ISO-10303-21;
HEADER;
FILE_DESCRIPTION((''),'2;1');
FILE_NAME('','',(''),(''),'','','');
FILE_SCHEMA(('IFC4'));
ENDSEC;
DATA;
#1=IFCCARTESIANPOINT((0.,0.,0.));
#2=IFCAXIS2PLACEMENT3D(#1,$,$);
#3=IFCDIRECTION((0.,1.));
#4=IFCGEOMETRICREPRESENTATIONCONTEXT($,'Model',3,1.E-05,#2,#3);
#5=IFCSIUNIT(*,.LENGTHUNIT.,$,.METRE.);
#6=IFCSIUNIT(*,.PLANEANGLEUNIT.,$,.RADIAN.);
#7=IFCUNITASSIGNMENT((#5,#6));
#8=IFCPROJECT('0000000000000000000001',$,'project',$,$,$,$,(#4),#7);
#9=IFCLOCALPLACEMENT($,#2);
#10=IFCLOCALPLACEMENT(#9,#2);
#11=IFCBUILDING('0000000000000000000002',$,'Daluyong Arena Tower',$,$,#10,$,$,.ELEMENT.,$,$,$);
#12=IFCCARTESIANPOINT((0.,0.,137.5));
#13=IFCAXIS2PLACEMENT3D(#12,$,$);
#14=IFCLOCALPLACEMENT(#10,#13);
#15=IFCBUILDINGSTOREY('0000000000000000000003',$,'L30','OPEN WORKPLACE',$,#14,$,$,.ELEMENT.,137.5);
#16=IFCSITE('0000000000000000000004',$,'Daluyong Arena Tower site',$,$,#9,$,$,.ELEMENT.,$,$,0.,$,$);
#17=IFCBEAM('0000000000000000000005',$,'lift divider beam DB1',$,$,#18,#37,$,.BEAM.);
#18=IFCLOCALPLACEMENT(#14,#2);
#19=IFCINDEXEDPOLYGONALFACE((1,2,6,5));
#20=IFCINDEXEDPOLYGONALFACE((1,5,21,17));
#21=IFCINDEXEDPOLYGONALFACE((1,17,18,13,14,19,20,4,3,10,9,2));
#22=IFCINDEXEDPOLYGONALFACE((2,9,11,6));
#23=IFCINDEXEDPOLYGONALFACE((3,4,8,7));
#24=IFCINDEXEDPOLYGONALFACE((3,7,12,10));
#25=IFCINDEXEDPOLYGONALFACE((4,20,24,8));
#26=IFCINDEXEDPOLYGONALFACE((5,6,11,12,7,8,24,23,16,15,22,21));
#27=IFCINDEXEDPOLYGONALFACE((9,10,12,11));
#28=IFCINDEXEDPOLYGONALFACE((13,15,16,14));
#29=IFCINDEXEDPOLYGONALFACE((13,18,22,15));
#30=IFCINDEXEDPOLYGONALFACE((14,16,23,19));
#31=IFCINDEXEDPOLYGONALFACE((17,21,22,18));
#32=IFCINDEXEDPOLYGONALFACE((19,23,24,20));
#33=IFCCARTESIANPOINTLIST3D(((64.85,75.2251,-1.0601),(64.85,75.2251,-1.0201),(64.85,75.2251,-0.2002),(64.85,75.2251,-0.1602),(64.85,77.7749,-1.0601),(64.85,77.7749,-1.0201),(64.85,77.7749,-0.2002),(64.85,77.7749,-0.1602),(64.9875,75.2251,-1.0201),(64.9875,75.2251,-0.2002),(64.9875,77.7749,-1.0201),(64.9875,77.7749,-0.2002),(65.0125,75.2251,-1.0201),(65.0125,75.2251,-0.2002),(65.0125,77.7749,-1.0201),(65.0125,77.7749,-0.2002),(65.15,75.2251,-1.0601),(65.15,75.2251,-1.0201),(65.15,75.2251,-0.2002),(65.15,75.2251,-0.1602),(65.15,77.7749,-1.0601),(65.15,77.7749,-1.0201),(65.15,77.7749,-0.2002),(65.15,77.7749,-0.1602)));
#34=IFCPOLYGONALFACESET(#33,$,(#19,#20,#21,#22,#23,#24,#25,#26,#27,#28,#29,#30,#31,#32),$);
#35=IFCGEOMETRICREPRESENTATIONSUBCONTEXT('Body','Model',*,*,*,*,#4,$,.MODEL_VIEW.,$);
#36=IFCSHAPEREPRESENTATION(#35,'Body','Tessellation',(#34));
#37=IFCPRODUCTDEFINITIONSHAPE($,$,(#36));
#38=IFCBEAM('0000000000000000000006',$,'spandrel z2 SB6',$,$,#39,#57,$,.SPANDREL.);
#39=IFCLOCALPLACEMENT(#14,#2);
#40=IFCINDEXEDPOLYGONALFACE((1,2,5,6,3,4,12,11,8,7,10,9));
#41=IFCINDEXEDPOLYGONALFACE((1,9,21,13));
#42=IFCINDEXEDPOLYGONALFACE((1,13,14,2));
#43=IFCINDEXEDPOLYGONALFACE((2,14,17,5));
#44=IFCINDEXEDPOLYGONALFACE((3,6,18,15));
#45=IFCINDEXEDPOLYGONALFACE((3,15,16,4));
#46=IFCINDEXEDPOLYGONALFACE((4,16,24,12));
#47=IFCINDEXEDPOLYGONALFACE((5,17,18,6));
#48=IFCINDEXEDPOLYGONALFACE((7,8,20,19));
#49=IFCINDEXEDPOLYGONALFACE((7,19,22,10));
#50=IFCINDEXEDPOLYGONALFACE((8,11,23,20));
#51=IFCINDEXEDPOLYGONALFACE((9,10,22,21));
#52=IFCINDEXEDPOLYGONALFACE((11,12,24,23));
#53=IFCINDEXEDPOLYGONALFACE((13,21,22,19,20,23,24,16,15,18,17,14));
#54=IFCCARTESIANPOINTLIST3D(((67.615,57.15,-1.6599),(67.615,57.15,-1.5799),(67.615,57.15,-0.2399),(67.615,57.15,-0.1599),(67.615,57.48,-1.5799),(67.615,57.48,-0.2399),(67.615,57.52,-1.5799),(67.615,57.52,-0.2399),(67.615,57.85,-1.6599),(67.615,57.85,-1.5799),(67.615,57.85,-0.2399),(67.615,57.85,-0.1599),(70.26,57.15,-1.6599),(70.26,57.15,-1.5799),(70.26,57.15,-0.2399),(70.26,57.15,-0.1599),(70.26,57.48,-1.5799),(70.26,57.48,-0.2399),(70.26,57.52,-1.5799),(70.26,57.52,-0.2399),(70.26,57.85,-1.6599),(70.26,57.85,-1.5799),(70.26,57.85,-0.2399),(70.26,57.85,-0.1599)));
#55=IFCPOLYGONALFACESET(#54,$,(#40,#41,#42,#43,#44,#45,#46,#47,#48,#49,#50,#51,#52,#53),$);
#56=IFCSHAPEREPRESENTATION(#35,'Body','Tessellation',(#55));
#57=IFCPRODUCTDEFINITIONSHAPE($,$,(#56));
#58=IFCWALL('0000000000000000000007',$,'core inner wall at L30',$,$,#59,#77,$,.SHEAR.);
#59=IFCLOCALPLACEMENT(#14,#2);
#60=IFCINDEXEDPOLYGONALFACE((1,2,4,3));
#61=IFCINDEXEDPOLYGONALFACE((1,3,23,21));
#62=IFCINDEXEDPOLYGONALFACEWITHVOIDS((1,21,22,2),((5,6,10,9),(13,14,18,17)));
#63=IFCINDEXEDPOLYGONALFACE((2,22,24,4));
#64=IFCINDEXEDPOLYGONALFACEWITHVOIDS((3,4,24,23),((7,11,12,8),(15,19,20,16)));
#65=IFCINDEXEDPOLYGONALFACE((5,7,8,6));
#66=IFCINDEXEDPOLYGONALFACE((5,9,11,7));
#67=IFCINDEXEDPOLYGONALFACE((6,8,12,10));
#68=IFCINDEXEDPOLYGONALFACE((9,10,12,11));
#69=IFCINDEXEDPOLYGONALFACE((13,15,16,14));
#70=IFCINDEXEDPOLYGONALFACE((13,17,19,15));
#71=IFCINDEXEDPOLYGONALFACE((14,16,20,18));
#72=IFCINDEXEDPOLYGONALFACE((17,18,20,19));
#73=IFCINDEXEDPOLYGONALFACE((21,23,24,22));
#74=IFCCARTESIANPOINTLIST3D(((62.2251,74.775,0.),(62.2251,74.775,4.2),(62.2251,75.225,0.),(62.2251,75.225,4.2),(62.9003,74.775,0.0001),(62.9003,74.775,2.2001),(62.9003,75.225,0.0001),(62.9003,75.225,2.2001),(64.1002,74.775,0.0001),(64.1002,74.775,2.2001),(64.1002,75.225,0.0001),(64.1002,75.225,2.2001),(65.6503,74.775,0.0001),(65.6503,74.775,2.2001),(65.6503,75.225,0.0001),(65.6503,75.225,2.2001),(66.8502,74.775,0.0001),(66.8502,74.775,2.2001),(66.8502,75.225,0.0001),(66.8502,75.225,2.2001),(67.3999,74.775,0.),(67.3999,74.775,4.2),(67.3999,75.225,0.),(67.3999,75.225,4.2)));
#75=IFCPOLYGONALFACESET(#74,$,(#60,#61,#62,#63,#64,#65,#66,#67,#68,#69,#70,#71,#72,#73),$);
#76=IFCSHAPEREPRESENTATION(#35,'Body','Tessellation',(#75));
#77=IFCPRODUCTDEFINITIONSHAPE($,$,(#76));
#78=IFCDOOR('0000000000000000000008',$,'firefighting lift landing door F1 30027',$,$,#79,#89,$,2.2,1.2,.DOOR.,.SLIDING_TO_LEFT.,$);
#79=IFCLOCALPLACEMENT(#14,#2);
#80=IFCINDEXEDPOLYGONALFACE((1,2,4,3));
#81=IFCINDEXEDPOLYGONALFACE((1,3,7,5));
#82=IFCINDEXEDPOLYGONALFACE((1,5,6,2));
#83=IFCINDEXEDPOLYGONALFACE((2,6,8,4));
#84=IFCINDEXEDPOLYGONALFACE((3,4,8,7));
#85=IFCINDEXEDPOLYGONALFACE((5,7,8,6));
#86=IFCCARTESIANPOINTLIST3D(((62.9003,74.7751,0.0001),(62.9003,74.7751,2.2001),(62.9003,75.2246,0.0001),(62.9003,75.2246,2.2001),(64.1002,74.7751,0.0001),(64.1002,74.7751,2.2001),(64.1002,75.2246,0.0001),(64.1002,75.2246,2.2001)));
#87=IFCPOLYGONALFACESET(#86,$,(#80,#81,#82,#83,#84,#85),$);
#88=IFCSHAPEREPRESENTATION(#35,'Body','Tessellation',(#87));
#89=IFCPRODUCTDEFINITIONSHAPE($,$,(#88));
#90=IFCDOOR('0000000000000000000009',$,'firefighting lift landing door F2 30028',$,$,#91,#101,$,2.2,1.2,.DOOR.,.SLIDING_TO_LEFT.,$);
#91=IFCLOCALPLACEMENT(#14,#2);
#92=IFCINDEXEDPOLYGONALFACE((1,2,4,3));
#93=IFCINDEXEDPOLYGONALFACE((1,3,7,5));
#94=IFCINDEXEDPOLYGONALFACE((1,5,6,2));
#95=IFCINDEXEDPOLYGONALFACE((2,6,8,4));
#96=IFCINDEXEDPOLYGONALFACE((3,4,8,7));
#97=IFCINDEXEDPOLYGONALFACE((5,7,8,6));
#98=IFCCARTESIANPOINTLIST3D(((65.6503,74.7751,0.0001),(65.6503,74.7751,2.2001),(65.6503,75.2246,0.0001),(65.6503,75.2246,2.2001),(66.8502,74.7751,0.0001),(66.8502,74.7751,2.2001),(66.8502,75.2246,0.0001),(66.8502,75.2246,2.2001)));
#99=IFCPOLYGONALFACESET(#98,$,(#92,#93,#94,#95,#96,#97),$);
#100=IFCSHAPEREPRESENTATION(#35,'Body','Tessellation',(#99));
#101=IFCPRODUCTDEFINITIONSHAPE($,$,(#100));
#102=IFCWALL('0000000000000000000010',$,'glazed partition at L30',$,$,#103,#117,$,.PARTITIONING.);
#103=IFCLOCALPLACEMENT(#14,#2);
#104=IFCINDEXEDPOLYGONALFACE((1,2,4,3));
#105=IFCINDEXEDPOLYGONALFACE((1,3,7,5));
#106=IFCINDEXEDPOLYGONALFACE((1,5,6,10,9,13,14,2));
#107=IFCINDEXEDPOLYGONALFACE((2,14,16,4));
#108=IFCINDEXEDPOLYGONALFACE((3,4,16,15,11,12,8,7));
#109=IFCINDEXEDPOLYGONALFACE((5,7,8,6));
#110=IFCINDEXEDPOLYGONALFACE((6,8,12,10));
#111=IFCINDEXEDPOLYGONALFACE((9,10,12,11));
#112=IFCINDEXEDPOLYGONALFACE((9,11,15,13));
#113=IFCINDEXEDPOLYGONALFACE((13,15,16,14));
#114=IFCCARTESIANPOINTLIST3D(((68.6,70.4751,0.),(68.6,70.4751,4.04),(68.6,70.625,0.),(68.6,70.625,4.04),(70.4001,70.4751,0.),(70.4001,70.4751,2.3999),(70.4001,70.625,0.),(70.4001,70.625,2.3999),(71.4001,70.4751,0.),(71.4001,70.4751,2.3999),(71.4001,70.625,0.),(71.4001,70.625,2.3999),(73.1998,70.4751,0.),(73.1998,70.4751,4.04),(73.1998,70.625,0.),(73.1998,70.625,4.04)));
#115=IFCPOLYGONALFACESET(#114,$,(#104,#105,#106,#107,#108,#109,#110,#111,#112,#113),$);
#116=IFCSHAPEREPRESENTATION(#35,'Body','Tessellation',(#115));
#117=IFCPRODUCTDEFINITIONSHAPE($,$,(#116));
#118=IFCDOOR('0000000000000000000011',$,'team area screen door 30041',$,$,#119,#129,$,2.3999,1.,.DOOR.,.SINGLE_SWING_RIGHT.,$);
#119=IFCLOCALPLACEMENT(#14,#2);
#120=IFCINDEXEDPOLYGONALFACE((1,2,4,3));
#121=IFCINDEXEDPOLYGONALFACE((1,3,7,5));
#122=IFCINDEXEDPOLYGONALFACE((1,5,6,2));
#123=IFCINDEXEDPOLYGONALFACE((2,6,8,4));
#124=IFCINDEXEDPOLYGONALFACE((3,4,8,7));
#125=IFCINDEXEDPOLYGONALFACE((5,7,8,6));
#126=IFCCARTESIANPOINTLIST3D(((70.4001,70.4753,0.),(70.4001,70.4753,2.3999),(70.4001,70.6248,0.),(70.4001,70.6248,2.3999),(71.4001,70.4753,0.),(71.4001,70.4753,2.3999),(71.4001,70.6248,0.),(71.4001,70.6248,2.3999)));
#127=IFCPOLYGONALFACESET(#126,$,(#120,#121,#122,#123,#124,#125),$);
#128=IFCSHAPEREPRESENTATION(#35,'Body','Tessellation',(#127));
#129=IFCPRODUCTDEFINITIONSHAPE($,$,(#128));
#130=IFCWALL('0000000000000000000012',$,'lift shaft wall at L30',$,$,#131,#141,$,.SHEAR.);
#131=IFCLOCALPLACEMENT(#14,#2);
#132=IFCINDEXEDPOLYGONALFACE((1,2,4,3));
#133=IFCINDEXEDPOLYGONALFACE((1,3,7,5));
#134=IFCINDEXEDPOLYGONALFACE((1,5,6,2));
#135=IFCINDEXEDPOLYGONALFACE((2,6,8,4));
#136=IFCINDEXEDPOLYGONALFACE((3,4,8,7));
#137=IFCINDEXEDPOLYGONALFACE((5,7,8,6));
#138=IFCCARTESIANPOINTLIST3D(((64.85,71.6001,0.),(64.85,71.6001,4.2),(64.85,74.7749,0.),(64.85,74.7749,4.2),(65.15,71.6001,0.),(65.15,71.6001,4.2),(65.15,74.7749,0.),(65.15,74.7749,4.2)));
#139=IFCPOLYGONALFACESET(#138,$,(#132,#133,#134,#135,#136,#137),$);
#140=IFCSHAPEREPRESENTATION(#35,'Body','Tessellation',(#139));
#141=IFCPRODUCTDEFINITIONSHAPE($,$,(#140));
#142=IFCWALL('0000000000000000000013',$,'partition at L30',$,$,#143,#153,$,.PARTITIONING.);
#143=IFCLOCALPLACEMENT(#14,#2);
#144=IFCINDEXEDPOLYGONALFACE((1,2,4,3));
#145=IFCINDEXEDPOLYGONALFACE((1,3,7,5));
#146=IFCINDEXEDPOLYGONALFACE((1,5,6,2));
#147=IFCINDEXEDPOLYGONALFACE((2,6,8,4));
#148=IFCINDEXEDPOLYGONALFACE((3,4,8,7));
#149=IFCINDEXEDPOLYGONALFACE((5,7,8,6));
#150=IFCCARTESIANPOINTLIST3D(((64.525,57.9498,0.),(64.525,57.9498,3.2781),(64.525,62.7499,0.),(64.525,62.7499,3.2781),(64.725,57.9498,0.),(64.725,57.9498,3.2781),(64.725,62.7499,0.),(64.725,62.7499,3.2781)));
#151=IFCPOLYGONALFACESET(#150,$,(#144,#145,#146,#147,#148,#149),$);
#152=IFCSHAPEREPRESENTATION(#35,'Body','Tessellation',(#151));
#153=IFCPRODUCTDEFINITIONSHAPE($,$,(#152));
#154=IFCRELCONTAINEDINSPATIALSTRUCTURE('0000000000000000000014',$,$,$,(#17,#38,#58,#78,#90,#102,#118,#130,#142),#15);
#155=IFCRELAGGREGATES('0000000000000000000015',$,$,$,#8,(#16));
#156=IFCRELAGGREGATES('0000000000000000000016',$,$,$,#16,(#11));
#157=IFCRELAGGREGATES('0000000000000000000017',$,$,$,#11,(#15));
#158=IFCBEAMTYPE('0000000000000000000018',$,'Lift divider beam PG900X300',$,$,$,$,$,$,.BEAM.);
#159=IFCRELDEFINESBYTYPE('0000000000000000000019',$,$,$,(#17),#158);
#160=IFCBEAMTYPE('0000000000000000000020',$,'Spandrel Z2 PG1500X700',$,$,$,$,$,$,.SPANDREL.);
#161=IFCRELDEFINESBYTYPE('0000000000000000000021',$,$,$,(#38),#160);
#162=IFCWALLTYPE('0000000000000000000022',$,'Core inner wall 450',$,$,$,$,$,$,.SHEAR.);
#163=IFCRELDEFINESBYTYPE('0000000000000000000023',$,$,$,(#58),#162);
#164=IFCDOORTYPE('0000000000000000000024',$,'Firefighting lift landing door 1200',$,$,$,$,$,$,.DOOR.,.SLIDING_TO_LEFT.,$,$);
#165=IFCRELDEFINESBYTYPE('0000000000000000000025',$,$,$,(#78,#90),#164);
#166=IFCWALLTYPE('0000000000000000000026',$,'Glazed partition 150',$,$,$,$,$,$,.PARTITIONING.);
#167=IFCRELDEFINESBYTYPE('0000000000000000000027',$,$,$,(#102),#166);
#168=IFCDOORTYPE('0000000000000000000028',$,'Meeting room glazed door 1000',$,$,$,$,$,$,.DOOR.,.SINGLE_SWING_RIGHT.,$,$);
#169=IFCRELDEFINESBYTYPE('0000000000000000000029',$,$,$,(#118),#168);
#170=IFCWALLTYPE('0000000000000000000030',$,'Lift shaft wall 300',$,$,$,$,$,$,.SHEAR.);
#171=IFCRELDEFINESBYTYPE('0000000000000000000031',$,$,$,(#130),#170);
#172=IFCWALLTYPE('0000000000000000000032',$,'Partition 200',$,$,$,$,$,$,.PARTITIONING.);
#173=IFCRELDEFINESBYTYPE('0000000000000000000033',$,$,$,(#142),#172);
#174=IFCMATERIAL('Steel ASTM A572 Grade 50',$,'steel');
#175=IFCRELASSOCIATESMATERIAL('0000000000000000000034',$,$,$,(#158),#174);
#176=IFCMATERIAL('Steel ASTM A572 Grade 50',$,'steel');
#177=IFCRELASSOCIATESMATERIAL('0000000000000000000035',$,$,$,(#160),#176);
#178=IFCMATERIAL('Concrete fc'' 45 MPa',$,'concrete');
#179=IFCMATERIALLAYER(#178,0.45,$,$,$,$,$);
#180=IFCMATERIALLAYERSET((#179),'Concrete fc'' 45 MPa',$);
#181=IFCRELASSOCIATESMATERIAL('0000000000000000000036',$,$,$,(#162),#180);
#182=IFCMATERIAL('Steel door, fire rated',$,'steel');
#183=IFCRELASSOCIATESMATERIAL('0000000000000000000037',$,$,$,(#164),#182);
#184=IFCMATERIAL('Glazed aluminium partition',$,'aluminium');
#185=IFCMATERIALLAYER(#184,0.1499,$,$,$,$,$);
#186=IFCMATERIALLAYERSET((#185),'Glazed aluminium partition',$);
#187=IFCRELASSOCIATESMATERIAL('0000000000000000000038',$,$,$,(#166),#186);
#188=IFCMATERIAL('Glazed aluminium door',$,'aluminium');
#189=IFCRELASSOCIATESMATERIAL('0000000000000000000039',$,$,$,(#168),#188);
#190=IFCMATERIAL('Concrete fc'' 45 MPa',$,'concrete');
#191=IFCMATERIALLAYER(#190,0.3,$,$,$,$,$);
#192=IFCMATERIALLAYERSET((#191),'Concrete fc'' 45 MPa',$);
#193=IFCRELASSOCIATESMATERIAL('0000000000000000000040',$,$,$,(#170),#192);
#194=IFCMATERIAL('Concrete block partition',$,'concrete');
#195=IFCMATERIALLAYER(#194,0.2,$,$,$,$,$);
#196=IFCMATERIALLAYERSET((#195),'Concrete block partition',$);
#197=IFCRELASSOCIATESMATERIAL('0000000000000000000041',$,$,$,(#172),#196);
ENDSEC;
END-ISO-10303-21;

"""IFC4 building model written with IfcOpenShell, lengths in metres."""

from ifc_helpers import new_model, si_unit, direction, frame, frame_2d, origin, origin_2d, place, context, subcontext, project, spatial, rectangle, i_section, extrude, material, layer, layer_set, material_profile, profile_set, type_object, element, fill, save


model = new_model("IFC4")

# Units and contexts
model_context = context("Model", 3, precision=1e-05, world=origin(), true_north=direction((0.0, 1.0)))
body_context = subcontext(model_context, "Body", "Model", "MODEL_VIEW")
ifc_project = project(units=[si_unit("LENGTHUNIT", "METRE"), si_unit("PLANEANGLEUNIT", "RADIAN")], contexts=[model_context])

# Site, building, storey
site_placement = place(None, origin())
site = spatial("IfcSite", under=ifc_project, at=site_placement, Name="Daluyong Arena Tower site", CompositionType="ELEMENT", RefElevation=0.0)
building_placement = place(site_placement, origin())
building = spatial("IfcBuilding", under=site, at=building_placement, Name="Daluyong Arena Tower", CompositionType="ELEMENT")
storey_placement = place(building_placement, frame((0.0, 0.0, 137.5)))
storey = spatial("IfcBuildingStorey", under=building, at=storey_placement, Name="L30", Description="OPEN WORKPLACE", CompositionType="ELEMENT", Elevation=137.5)

# Beams
ifc_material_1 = material(Name="Steel ASTM A572 Grade 50", Category="steel")
ifc_material_profile_1 = material_profile(ifc_material_1, i_section(OverallWidth=0.3, OverallDepth=0.8999, WebThickness=0.025, FlangeThickness=0.04, at=origin_2d()))
ifc_profile_set_1 = profile_set([ifc_material_profile_1], Name="Steel ASTM A572 Grade 50")
beam_type_1 = type_object("IfcBeamType", Name="Lift divider beam PG900X300", PredefinedType="BEAM", material=ifc_profile_set_1)
beam_1_placement = place(storey_placement, frame((65.0, 75.2251, -0.6101), z_axis=(0.0, 1.0, 0.0), x_axis=(-1.0, 0.0, 0.0)))
element("IfcBeam", 1, at=beam_1_placement, inside=storey, type_object=beam_type_1, Name="lift divider beam DB1", PredefinedType="BEAM", context=body_context, shape_type="SweptSolid", body=[
    extrude(i_section(OverallWidth=0.3, OverallDepth=0.8999, WebThickness=0.025, FlangeThickness=0.04, at=origin_2d()), origin(), (0.0, 0.0, 1.0), 2.5498),
])
ifc_material_2 = material(Name="Steel ASTM A572 Grade 50", Category="steel")
ifc_material_profile_2 = material_profile(ifc_material_2, i_section(OverallWidth=0.7, OverallDepth=1.5, WebThickness=0.04, FlangeThickness=0.08, at=origin_2d()))
ifc_profile_set_2 = profile_set([ifc_material_profile_2], Name="Steel ASTM A572 Grade 50")
beam_type_2 = type_object("IfcBeamType", Name="Spandrel Z2 PG1500X700", PredefinedType="SPANDREL", material=ifc_profile_set_2)
beam_2_placement = place(storey_placement, frame((67.615, 57.5, -0.9099), z_axis=(1.0, 0.0, 0.0), x_axis=(0.0, 1.0, 0.0)))
element("IfcBeam", 2, at=beam_2_placement, inside=storey, type_object=beam_type_2, Name="spandrel z2 SB6", PredefinedType="SPANDREL", context=body_context, shape_type="SweptSolid", body=[
    extrude(i_section(OverallWidth=0.7, OverallDepth=1.5, WebThickness=0.04, FlangeThickness=0.08, at=origin_2d()), origin(), (0.0, 0.0, 1.0), 2.645),
])

# Shared definitions
ifc_material_3 = material(Name="Concrete fc' 45 MPa", Category="concrete")
ifc_layer_1 = layer(ifc_material_3, 0.45)
ifc_layer_set_1 = layer_set([ifc_layer_1], Name="Concrete fc' 45 MPa")
wall_type_1 = type_object("IfcWallType", Name="Core inner wall 450", PredefinedType="SHEAR", material=ifc_layer_set_1)

# Wall, openings, doors
wall_1_placement = place(storey_placement, frame((62.2251, 75.0, 0.0), z_axis=(0.0, 0.0, 1.0), x_axis=(1.0, 0.0, 0.0)))
wall_1 = element("IfcWall", 3, at=wall_1_placement, inside=storey, type_object=wall_type_1, Name="core inner wall at L30", PredefinedType="SHEAR", context=body_context, shape_type="SweptSolid", body=[
    extrude(rectangle(XDim=5.1748, YDim=0.45, at=frame_2d((2.5874, 0.0))), origin(), (0.0, 0.0, 1.0), 4.2),
])
opening_1_placement = place(wall_1_placement, frame((0.675, 0.0, 0.0)))
opening_1 = element("IfcOpeningElement", 4, at=opening_1_placement, cuts=wall_1, PredefinedType="OPENING", context=body_context, shape_type="SweptSolid", body=[
    extrude(rectangle(XDim=1.2, YDim=2.2, at=frame_2d((0.6001, 1.1001))), frame((0.0, 0.2349, 0.0), z_axis=(0.0, -1.0, 0.0), x_axis=(1.0, 0.0, 0.0)), (0.0, 0.0, 1.0), 0.47),
])
opening_2_placement = place(wall_1_placement, frame((3.425, 0.0, 0.0)))
opening_2 = element("IfcOpeningElement", 5, at=opening_2_placement, cuts=wall_1, PredefinedType="OPENING", context=body_context, shape_type="SweptSolid", body=[
    extrude(rectangle(XDim=1.2, YDim=2.2, at=frame_2d((0.6001, 1.1001))), frame((0.0, 0.2349, 0.0), z_axis=(0.0, -1.0, 0.0), x_axis=(1.0, 0.0, 0.0)), (0.0, 0.0, 1.0), 0.47),
])
ifc_material_4 = material(Name="Steel door, fire rated", Category="steel")
door_type_1 = type_object("IfcDoorType", Name="Firefighting lift landing door 1200", OperationType="SLIDING_TO_LEFT", PredefinedType="DOOR", material=ifc_material_4)
door_1_placement = place(opening_1_placement, origin())
door_1 = element("IfcDoor", 6, at=door_1_placement, inside=storey, type_object=door_type_1, Name="firefighting lift landing door F1 30027", OperationType="SLIDING_TO_LEFT", OverallHeight=2.2, OverallWidth=1.2, PredefinedType="DOOR", context=body_context, shape_type="SweptSolid", body=[
    extrude(rectangle(XDim=1.2, YDim=2.2, at=frame_2d((0.6001, 1.1001))), frame((0.0, 0.2246, 0.0), z_axis=(0.0, -1.0, 0.0), x_axis=(1.0, 0.0, 0.0)), (0.0, 0.0, 1.0), 0.4495),
])
fill(opening_1, door_1)
door_2_placement = place(opening_2_placement, origin())
door_2 = element("IfcDoor", 7, at=door_2_placement, inside=storey, type_object=door_type_1, Name="firefighting lift landing door F2 30028", OperationType="SLIDING_TO_LEFT", OverallHeight=2.2, OverallWidth=1.2, PredefinedType="DOOR", context=body_context, shape_type="SweptSolid", body=[
    extrude(rectangle(XDim=1.2, YDim=2.2, at=frame_2d((0.6001, 1.1001))), frame((0.0, 0.2246, 0.0), z_axis=(0.0, -1.0, 0.0), x_axis=(1.0, 0.0, 0.0)), (0.0, 0.0, 1.0), 0.4495),
])
fill(opening_2, door_2)

# Wall, opening, door
ifc_material_5 = material(Name="Glazed aluminium partition", Category="aluminium")
ifc_layer_2 = layer(ifc_material_5, 0.1499)
ifc_layer_set_2 = layer_set([ifc_layer_2], Name="Glazed aluminium partition")
wall_type_2 = type_object("IfcWallType", Name="Glazed partition 150", PredefinedType="PARTITIONING", material=ifc_layer_set_2)
wall_2_placement = place(storey_placement, frame((68.6001, 70.55, 0.0), z_axis=(0.0, 0.0, 1.0), x_axis=(1.0, 0.0, 0.0)))
wall_2 = element("IfcWall", 8, at=wall_2_placement, inside=storey, type_object=wall_type_2, Name="glazed partition at L30", PredefinedType="PARTITIONING", context=body_context, shape_type="SweptSolid", body=[
    extrude(rectangle(XDim=4.5999, YDim=0.1499, at=frame_2d((2.2998, 0.0))), origin(), (0.0, 0.0, 1.0), 4.04),
])
opening_3_placement = place(wall_2_placement, frame((1.8, 0.0, 0.0)))
opening_3 = element("IfcOpeningElement", 9, at=opening_3_placement, cuts=wall_2, PredefinedType="OPENING", context=body_context, shape_type="SweptSolid", body=[
    extrude(rectangle(XDim=1.0, YDim=2.3999, at=frame_2d((0.5, 1.2))), frame((0.0, 0.085, 0.0), z_axis=(0.0, -1.0, 0.0), x_axis=(1.0, 0.0, 0.0)), (0.0, 0.0, 1.0), 0.1699),
])
ifc_material_6 = material(Name="Glazed aluminium door", Category="aluminium")
door_type_2 = type_object("IfcDoorType", Name="Meeting room glazed door 1000", OperationType="SINGLE_SWING_RIGHT", PredefinedType="DOOR", material=ifc_material_6)
door_3_placement = place(opening_3_placement, origin())
door_3 = element("IfcDoor", 10, at=door_3_placement, inside=storey, type_object=door_type_2, Name="team area screen door 30041", OperationType="SINGLE_SWING_RIGHT", OverallHeight=2.3999, OverallWidth=1.0, PredefinedType="DOOR", context=body_context, shape_type="SweptSolid", body=[
    extrude(rectangle(XDim=1.0, YDim=2.3999, at=frame_2d((0.5, 1.2))), frame((0.0, 0.0747, 0.0), z_axis=(0.0, -1.0, 0.0), x_axis=(1.0, 0.0, 0.0)), (0.0, 0.0, 1.0), 0.1494),
])
fill(opening_3, door_3)

# Walls
ifc_material_7 = material(Name="Concrete fc' 45 MPa", Category="concrete")
ifc_layer_3 = layer(ifc_material_7, 0.3)
ifc_layer_set_3 = layer_set([ifc_layer_3], Name="Concrete fc' 45 MPa")
wall_type_3 = type_object("IfcWallType", Name="Lift shaft wall 300", PredefinedType="SHEAR", material=ifc_layer_set_3)
wall_3_placement = place(storey_placement, frame((65.0, 71.6001, 0.0), z_axis=(0.0, 0.0, 1.0), x_axis=(0.0, 1.0, 0.0)))
element("IfcWall", 11, at=wall_3_placement, inside=storey, type_object=wall_type_3, Name="lift shaft wall at L30", PredefinedType="SHEAR", context=body_context, shape_type="SweptSolid", body=[
    extrude(rectangle(XDim=3.1748, YDim=0.3, at=frame_2d((1.5874, 0.0))), origin(), (0.0, 0.0, 1.0), 4.2),
])
ifc_material_8 = material(Name="Concrete block partition", Category="concrete")
ifc_layer_4 = layer(ifc_material_8, 0.2)
ifc_layer_set_4 = layer_set([ifc_layer_4], Name="Concrete block partition")
wall_type_4 = type_object("IfcWallType", Name="Partition 200", PredefinedType="PARTITIONING", material=ifc_layer_set_4)
wall_4_placement = place(storey_placement, frame((64.625, 57.95, 0.0), z_axis=(0.0, 0.0, 1.0), x_axis=(0.0, 1.0, 0.0)))
element("IfcWall", 12, at=wall_4_placement, inside=storey, type_object=wall_type_4, Name="partition at L30", PredefinedType="PARTITIONING", context=body_context, shape_type="SweptSolid", body=[
    extrude(rectangle(XDim=4.8, YDim=0.2, at=frame_2d((2.3999, 0.0))), origin(), (0.0, 0.0, 1.0), 3.2781),
])

save(model, "model.ifc")
